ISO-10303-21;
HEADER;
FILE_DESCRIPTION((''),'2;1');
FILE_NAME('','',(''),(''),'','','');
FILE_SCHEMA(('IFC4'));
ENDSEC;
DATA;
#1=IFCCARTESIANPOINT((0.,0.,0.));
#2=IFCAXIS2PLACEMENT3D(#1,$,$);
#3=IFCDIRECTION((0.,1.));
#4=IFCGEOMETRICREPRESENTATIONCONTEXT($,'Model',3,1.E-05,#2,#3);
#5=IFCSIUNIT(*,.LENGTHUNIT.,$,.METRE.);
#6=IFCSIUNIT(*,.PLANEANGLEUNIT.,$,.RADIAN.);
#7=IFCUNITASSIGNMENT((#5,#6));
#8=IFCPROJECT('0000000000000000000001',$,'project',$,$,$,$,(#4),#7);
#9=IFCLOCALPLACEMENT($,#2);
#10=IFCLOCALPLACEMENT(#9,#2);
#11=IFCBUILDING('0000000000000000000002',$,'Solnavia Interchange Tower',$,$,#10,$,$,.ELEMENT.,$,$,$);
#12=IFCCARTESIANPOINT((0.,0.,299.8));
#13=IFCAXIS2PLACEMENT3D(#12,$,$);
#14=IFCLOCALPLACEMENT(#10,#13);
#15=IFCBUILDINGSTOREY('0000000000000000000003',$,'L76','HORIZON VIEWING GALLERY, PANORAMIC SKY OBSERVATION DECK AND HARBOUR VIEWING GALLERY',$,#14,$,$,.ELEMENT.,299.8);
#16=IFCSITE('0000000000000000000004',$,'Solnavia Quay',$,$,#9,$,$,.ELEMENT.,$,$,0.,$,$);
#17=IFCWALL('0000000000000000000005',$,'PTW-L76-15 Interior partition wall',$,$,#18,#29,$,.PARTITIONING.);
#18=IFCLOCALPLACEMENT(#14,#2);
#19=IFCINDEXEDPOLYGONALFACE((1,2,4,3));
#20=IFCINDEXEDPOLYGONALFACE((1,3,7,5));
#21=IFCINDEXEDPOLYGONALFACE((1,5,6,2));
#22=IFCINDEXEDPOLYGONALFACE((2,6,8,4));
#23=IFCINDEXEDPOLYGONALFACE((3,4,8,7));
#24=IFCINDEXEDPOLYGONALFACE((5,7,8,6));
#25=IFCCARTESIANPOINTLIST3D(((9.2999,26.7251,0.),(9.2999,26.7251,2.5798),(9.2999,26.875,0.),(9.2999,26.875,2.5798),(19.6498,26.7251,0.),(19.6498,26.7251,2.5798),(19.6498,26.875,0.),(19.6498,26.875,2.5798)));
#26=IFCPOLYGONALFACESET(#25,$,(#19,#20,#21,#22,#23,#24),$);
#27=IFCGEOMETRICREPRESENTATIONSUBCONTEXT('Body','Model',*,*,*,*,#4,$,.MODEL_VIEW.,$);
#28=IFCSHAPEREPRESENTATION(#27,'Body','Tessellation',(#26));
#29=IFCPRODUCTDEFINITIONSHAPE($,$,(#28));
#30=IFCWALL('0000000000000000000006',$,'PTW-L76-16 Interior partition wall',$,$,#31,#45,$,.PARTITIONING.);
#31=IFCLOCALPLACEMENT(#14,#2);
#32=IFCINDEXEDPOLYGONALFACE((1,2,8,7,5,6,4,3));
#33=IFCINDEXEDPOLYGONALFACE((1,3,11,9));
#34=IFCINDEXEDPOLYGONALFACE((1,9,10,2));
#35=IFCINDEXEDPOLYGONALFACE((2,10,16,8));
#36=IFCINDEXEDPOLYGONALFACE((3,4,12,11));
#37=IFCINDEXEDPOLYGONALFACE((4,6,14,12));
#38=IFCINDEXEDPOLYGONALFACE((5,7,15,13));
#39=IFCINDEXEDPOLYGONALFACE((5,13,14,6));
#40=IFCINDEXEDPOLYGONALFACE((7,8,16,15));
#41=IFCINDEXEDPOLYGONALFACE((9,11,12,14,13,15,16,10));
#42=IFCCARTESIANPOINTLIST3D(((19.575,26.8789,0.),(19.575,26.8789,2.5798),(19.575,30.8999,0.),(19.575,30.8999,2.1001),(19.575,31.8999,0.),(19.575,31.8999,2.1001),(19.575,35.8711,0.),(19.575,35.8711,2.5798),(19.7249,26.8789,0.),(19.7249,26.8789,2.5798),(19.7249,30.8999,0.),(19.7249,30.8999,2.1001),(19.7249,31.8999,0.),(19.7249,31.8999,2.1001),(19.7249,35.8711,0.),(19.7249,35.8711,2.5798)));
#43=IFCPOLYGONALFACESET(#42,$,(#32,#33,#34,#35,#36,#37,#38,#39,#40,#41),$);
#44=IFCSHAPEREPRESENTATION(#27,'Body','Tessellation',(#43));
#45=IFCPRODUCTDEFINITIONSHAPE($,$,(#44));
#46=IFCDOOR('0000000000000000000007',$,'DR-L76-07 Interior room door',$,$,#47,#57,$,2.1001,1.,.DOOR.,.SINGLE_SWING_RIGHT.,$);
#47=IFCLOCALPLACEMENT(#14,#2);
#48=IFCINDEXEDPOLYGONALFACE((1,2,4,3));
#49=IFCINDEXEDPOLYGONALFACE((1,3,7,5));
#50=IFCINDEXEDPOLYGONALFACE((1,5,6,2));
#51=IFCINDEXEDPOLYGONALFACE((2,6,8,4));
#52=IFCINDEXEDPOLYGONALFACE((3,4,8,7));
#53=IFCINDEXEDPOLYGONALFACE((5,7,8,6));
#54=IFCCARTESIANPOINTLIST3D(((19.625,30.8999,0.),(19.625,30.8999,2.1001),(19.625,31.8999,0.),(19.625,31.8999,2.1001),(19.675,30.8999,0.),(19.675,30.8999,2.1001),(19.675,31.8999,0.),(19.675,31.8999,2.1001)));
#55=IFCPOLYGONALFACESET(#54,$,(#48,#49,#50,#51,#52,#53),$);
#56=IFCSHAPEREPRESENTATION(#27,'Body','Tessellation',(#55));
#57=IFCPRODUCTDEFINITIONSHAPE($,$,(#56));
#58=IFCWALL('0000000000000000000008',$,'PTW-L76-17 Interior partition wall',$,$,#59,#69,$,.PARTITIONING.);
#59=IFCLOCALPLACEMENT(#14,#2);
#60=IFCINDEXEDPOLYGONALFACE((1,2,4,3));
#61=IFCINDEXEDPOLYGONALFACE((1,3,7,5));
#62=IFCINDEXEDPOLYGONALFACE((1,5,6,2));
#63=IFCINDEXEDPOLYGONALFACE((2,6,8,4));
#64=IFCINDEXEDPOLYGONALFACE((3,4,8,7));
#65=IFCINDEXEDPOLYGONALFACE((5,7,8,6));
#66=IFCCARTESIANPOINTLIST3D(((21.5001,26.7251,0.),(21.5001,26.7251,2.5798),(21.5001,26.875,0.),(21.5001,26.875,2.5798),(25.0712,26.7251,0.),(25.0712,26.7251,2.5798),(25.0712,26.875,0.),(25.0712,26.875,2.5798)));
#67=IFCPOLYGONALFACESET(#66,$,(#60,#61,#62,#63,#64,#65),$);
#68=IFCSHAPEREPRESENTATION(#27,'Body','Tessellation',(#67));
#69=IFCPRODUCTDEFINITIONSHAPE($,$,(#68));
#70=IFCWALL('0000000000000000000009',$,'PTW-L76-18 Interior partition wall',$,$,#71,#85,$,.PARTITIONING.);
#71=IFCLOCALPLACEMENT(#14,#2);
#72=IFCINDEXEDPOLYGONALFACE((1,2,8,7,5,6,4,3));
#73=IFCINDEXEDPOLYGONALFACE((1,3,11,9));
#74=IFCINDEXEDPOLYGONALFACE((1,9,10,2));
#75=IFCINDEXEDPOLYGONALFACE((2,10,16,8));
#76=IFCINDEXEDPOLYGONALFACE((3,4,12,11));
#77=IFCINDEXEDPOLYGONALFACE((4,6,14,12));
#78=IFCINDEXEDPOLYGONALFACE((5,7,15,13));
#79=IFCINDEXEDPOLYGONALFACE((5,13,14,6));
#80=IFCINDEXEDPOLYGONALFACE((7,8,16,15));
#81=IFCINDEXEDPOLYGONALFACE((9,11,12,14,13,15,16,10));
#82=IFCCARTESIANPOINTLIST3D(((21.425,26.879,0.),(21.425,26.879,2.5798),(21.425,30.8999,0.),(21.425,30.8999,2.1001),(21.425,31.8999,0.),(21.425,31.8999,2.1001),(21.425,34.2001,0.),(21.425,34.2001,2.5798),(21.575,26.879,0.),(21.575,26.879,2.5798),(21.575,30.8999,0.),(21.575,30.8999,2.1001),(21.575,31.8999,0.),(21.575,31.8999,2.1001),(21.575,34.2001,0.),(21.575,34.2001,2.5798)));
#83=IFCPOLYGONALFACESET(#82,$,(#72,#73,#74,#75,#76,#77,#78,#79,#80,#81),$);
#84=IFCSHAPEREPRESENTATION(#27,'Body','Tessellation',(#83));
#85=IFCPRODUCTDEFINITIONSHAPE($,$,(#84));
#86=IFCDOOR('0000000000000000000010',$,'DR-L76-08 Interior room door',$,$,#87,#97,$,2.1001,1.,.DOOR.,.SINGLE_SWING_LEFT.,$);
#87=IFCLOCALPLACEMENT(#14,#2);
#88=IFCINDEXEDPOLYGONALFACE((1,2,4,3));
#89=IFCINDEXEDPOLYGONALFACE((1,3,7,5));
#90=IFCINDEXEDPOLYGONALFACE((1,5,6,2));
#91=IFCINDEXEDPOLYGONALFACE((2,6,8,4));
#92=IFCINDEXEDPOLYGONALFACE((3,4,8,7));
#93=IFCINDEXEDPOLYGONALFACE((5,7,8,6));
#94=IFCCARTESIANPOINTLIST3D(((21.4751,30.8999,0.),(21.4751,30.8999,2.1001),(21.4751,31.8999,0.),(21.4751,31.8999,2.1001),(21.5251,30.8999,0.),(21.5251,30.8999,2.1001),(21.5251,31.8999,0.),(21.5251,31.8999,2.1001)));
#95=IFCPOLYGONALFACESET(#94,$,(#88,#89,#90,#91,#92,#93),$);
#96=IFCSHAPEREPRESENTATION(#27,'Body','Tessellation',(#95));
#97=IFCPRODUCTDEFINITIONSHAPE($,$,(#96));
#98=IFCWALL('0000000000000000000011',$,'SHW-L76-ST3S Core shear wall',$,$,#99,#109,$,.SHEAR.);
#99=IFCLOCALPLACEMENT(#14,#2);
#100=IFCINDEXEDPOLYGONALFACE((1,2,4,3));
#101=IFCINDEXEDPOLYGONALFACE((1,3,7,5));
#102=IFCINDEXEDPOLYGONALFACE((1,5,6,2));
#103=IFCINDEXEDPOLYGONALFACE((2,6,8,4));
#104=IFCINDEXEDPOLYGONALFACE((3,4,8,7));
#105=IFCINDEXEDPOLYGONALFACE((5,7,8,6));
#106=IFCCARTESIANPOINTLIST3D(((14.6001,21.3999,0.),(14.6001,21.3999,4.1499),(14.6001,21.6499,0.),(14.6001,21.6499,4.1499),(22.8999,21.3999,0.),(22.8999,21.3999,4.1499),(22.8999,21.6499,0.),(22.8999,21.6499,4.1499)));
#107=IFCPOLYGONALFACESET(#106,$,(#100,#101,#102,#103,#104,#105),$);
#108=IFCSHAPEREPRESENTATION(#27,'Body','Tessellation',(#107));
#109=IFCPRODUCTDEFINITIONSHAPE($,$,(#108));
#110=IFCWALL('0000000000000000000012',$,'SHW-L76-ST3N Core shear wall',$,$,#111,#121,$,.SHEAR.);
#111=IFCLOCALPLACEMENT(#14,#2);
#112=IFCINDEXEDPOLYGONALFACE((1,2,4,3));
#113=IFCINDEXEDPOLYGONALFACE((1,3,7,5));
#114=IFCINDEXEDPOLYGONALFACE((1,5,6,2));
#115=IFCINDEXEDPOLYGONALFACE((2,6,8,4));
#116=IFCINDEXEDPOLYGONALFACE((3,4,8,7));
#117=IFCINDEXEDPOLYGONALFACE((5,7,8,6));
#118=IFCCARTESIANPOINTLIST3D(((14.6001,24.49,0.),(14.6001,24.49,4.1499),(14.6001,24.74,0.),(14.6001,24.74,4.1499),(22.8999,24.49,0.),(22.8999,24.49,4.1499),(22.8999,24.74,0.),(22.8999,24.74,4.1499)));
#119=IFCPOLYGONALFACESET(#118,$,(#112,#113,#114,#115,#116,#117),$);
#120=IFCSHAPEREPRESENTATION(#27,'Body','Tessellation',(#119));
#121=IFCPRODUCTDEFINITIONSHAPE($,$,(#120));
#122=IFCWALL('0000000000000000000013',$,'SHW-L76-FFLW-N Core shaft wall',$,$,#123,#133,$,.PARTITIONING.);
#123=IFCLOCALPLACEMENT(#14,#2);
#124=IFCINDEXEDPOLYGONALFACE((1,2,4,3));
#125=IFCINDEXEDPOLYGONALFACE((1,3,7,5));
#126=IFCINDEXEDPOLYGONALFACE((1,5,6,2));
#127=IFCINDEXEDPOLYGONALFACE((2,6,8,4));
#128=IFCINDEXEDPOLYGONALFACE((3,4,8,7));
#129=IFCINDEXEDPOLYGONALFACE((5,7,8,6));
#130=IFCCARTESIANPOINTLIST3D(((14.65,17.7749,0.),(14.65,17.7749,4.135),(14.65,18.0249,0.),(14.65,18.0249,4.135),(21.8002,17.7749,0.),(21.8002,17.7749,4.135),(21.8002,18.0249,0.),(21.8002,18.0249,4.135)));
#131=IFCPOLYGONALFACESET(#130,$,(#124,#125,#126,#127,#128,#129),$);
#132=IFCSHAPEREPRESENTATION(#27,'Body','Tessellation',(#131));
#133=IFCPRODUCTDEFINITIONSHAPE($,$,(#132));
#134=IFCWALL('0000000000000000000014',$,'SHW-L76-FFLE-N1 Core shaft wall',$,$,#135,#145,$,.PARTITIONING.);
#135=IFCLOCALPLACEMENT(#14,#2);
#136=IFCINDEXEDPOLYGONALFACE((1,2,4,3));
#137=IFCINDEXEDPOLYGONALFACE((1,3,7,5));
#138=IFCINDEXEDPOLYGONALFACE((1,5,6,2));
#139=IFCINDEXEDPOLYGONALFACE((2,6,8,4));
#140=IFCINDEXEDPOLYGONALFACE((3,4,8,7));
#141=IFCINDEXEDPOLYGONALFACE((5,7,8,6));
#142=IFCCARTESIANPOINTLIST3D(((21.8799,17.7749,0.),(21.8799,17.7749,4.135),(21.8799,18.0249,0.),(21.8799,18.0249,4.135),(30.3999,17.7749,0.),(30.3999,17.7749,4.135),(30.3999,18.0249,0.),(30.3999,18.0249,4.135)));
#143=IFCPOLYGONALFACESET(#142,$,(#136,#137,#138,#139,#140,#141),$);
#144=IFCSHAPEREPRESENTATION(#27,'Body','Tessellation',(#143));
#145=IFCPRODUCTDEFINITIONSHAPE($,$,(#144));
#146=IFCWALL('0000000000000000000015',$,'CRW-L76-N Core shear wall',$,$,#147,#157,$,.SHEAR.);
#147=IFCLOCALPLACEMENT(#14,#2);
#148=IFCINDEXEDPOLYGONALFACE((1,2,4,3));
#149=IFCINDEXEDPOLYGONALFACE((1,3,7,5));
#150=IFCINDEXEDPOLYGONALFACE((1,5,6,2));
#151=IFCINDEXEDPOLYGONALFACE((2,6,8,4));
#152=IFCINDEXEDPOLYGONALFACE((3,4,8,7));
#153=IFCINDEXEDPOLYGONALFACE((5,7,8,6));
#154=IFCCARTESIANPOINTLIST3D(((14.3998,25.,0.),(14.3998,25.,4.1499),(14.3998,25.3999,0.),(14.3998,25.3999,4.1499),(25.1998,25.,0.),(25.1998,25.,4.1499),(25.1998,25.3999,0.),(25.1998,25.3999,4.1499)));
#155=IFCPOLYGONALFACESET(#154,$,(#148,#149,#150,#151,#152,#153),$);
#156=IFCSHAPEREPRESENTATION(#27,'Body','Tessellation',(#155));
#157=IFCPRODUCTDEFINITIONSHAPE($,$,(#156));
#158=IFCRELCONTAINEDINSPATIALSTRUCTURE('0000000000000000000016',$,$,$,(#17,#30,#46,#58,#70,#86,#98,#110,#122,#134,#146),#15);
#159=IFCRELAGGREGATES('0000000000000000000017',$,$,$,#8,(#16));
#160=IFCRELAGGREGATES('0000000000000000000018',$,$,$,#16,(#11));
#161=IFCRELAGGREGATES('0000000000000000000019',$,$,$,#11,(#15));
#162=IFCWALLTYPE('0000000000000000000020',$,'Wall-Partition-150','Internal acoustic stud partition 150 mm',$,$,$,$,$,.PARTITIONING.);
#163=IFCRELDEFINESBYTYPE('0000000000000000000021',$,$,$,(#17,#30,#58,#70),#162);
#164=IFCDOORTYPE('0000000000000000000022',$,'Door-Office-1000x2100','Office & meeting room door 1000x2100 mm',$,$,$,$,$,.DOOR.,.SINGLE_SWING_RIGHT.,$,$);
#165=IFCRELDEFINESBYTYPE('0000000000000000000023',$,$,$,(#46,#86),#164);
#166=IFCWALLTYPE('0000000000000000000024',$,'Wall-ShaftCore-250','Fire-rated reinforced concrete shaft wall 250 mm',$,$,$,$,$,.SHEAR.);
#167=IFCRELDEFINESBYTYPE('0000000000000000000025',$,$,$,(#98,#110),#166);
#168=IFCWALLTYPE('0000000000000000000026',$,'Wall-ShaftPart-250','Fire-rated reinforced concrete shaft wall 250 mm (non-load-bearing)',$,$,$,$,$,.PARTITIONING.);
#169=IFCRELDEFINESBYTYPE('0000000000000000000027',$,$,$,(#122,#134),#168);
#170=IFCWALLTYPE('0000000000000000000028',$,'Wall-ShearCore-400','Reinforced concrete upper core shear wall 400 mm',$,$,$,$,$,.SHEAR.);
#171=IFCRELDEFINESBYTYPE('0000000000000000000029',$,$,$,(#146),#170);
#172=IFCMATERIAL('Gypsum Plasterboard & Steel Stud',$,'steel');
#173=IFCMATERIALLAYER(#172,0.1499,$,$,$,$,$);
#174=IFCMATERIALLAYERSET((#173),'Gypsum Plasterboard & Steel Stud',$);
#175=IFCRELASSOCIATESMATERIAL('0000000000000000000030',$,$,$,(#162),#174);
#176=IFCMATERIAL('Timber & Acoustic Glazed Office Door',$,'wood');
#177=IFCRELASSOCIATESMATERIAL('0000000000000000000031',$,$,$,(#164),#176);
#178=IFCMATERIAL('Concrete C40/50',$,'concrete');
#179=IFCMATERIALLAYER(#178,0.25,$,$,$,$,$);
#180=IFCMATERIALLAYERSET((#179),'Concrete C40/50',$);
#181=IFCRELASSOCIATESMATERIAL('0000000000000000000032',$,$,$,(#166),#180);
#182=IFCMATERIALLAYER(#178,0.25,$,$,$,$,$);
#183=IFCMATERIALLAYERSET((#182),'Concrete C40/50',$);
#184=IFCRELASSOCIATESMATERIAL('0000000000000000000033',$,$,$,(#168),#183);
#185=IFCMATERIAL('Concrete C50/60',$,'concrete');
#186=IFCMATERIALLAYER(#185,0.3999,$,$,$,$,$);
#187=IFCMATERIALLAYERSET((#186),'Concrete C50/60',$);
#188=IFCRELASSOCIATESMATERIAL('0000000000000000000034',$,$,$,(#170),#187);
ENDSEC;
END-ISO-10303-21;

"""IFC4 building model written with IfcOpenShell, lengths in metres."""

from ifc_helpers import new_model, si_unit, direction, frame, frame_2d, origin, place, context, subcontext, project, spatial, rectangle, extrude, material, layer, layer_set, type_object, element, fill, save


model = new_model("IFC4")

# Units and contexts
model_context = context("Model", 3, precision=1e-05, world=origin(), true_north=direction((0.0, 1.0)))
body_context = subcontext(model_context, "Body", "Model", "MODEL_VIEW")
ifc_project = project(units=[si_unit("LENGTHUNIT", "METRE"), si_unit("PLANEANGLEUNIT", "RADIAN")], contexts=[model_context])

# Site, building, storey
site_placement = place(None, origin())
site = spatial("IfcSite", under=ifc_project, at=site_placement, Name="Solnavia Quay", CompositionType="ELEMENT", RefElevation=0.0)
building_placement = place(site_placement, origin())
building = spatial("IfcBuilding", under=site, at=building_placement, Name="Solnavia Interchange Tower", CompositionType="ELEMENT")
storey_placement = place(building_placement, frame((0.0, 0.0, 299.8)))
storey = spatial("IfcBuildingStorey", under=building, at=storey_placement, Name="L76", Description="HORIZON VIEWING GALLERY, PANORAMIC SKY OBSERVATION DECK AND HARBOUR VIEWING GALLERY", CompositionType="ELEMENT", Elevation=299.8)

# Shared definitions
ifc_material_1 = material(Name="Concrete C50/60", Category="concrete")

# Wall
ifc_material_2 = material(Name="Gypsum Plasterboard & Steel Stud", Category="steel")
ifc_layer_1 = layer(ifc_material_2, 0.1499)
ifc_layer_set_1 = layer_set([ifc_layer_1], Name="Gypsum Plasterboard & Steel Stud")
wall_type_1 = type_object("IfcWallType", Name="Wall-Partition-150", Description="Internal acoustic stud partition 150 mm", PredefinedType="PARTITIONING", material=ifc_layer_set_1)
wall_1_placement = place(storey_placement, frame((9.3, 26.8, 0.0), z_axis=(0.0, 0.0, 1.0), x_axis=(1.0, 0.0, 0.0)))
element("IfcWall", 1, at=wall_1_placement, inside=storey, type_object=wall_type_1, Name="PTW-L76-15 Interior partition wall", PredefinedType="PARTITIONING", context=body_context, shape_type="SweptSolid", body=[
    extrude(rectangle(XDim=10.3499, YDim=0.1499, at=frame_2d((5.1748, 0.0))), origin(), (0.0, 0.0, 1.0), 2.5798),
])

# Wall, opening, door
wall_2_placement = place(storey_placement, frame((19.6499, 26.8789, 0.0), z_axis=(0.0, 0.0, 1.0), x_axis=(0.0, 1.0, 0.0)))
wall_2 = element("IfcWall", 2, at=wall_2_placement, inside=storey, type_object=wall_type_1, Name="PTW-L76-16 Interior partition wall", PredefinedType="PARTITIONING", context=body_context, shape_type="SweptSolid", body=[
    extrude(rectangle(XDim=8.9922, YDim=0.1499, at=frame_2d((4.4961, 0.0))), origin(), (0.0, 0.0, 1.0), 2.5798),
])
opening_1_placement = place(wall_2_placement, frame((4.021, 0.0, 0.0)))
opening_1 = element("IfcOpeningElement", 3, at=opening_1_placement, cuts=wall_2, PredefinedType="OPENING", context=body_context, shape_type="SweptSolid", body=[
    extrude(rectangle(XDim=1.0, YDim=2.1001, at=frame_2d((0.5, 1.05))), frame((0.0, 0.085, 0.0), z_axis=(0.0, -1.0, 0.0), x_axis=(1.0, 0.0, 0.0)), (0.0, 0.0, 1.0), 0.1699),
])
ifc_material_3 = material(Name="Timber & Acoustic Glazed Office Door", Category="wood")
door_type = type_object("IfcDoorType", Name="Door-Office-1000x2100", Description="Office & meeting room door 1000x2100 mm", OperationType="SINGLE_SWING_RIGHT", PredefinedType="DOOR", material=ifc_material_3)
door_1_placement = place(opening_1_placement, origin())
door_1 = element("IfcDoor", 4, at=door_1_placement, inside=storey, type_object=door_type, Name="DR-L76-07 Interior room door", OperationType="SINGLE_SWING_RIGHT", OverallHeight=2.1001, OverallWidth=1.0, PredefinedType="DOOR", context=body_context, shape_type="SweptSolid", body=[
    extrude(rectangle(XDim=1.0, YDim=2.1001, at=frame_2d((0.5, 1.05))), frame((0.0, 0.0249, 0.0), z_axis=(0.0, -1.0, 0.0), x_axis=(1.0, 0.0, 0.0)), (0.0, 0.0, 1.0), 0.05),
])
fill(opening_1, door_1)

# Wall
wall_3_placement = place(storey_placement, frame((21.5, 26.8, 0.0), z_axis=(0.0, 0.0, 1.0), x_axis=(1.0, 0.0, 0.0)))
element("IfcWall", 5, at=wall_3_placement, inside=storey, type_object=wall_type_1, Name="PTW-L76-17 Interior partition wall", PredefinedType="PARTITIONING", context=body_context, shape_type="SweptSolid", body=[
    extrude(rectangle(XDim=3.571, YDim=0.1499, at=frame_2d((1.7856, 0.0))), origin(), (0.0, 0.0, 1.0), 2.5798),
])

# Wall, opening, door
wall_4_placement = place(storey_placement, frame((21.5, 26.8789, 0.0), z_axis=(0.0, 0.0, 1.0), x_axis=(0.0, 1.0, 0.0)))
wall_4 = element("IfcWall", 6, at=wall_4_placement, inside=storey, type_object=wall_type_1, Name="PTW-L76-18 Interior partition wall", PredefinedType="PARTITIONING", context=body_context, shape_type="SweptSolid", body=[
    extrude(rectangle(XDim=7.321, YDim=0.1499, at=frame_2d((3.6606, 0.0))), origin(), (0.0, 0.0, 1.0), 2.5798),
])
opening_2_placement = place(wall_4_placement, frame((4.021, 0.0, 0.0)))
opening_2 = element("IfcOpeningElement", 7, at=opening_2_placement, cuts=wall_4, PredefinedType="OPENING", context=body_context, shape_type="SweptSolid", body=[
    extrude(rectangle(XDim=1.0, YDim=2.1001, at=frame_2d((0.5, 1.05))), frame((0.0, 0.085, 0.0), z_axis=(0.0, -1.0, 0.0), x_axis=(1.0, 0.0, 0.0)), (0.0, 0.0, 1.0), 0.1699),
])
door_2_placement = place(opening_2_placement, origin())
door_2 = element("IfcDoor", 8, at=door_2_placement, inside=storey, type_object=door_type, Name="DR-L76-08 Interior room door", OperationType="SINGLE_SWING_LEFT", OverallHeight=2.1001, OverallWidth=1.0, PredefinedType="DOOR", context=body_context, shape_type="SweptSolid", body=[
    extrude(rectangle(XDim=1.0, YDim=2.1001, at=frame_2d((0.5, 1.05))), frame((0.0, 0.0249, 0.0), z_axis=(0.0, -1.0, 0.0), x_axis=(1.0, 0.0, 0.0)), (0.0, 0.0, 1.0), 0.05),
])
fill(opening_2, door_2)

# Walls
ifc_material_4 = material(Name="Concrete C40/50", Category="concrete")
ifc_layer_2 = layer(ifc_material_4, 0.25)
ifc_layer_set_2 = layer_set([ifc_layer_2], Name="Concrete C40/50")
wall_type_2 = type_object("IfcWallType", Name="Wall-ShaftCore-250", Description="Fire-rated reinforced concrete shaft wall 250 mm", PredefinedType="SHEAR", material=ifc_layer_set_2)
for number, where, z_axis, x_axis, name in (
    (9, (14.6001, 21.5249, 0.0), (0.0, 0.0, 1.0), (1.0, 0.0, 0.0), "SHW-L76-ST3S Core shear wall"),
    (10, (14.6001, 24.615, 0.0), (0.0, 0.0, 1.0), (1.0, 0.0, 0.0), "SHW-L76-ST3N Core shear wall"),
):
    element("IfcWall", number, at=place(storey_placement, frame(where, z_axis=z_axis, x_axis=x_axis)), inside=storey, type_object=wall_type_2, Name=name, PredefinedType="SHEAR", context=body_context, shape_type="SweptSolid", body=[
        extrude(rectangle(XDim=8.2998, YDim=0.25, at=frame_2d((4.1499, 0.0))), origin(), (0.0, 0.0, 1.0), 4.1499),
    ])
ifc_layer_3 = layer(ifc_material_4, 0.25)
ifc_layer_set_3 = layer_set([ifc_layer_3], Name="Concrete C40/50")
wall_type_3 = type_object("IfcWallType", Name="Wall-ShaftPart-250", Description="Fire-rated reinforced concrete shaft wall 250 mm (non-load-bearing)", PredefinedType="PARTITIONING", material=ifc_layer_set_3)
wall_5_placement = place(storey_placement, frame((14.6499, 17.8999, 0.0), z_axis=(0.0, 0.0, 1.0), x_axis=(1.0, 0.0, 0.0)))
element("IfcWall", 11, at=wall_5_placement, inside=storey, type_object=wall_type_3, Name="SHW-L76-FFLW-N Core shaft wall", PredefinedType="PARTITIONING", context=body_context, shape_type="SweptSolid", body=[
    extrude(rectangle(XDim=7.1501, YDim=0.25, at=frame_2d((3.5752, 0.0))), origin(), (0.0, 0.0, 1.0), 4.135),
])
wall_6_placement = place(storey_placement, frame((21.8799, 17.8999, 0.0), z_axis=(0.0, 0.0, 1.0), x_axis=(1.0, 0.0, 0.0)))
element("IfcWall", 12, at=wall_6_placement, inside=storey, type_object=wall_type_3, Name="SHW-L76-FFLE-N1 Core shaft wall", PredefinedType="PARTITIONING", context=body_context, shape_type="SweptSolid", body=[
    extrude(rectangle(XDim=8.52, YDim=0.25, at=frame_2d((4.26, 0.0))), origin(), (0.0, 0.0, 1.0), 4.135),
])
ifc_layer_4 = layer(ifc_material_1, 0.3999)
ifc_layer_set_4 = layer_set([ifc_layer_4], Name="Concrete C50/60")
wall_type_4 = type_object("IfcWallType", Name="Wall-ShearCore-400", Description="Reinforced concrete upper core shear wall 400 mm", PredefinedType="SHEAR", material=ifc_layer_set_4)
wall_7_placement = place(storey_placement, frame((14.3999, 25.2, 0.0), z_axis=(0.0, 0.0, 1.0), x_axis=(1.0, 0.0, 0.0)))
element("IfcWall", 13, at=wall_7_placement, inside=storey, type_object=wall_type_4, Name="CRW-L76-N Core shear wall", PredefinedType="SHEAR", context=body_context, shape_type="SweptSolid", body=[
    extrude(rectangle(XDim=10.8, YDim=0.3999, at=frame_2d((5.3999, 0.0))), origin(), (0.0, 0.0, 1.0), 4.1499),
])

save(model, "model.ifc")
